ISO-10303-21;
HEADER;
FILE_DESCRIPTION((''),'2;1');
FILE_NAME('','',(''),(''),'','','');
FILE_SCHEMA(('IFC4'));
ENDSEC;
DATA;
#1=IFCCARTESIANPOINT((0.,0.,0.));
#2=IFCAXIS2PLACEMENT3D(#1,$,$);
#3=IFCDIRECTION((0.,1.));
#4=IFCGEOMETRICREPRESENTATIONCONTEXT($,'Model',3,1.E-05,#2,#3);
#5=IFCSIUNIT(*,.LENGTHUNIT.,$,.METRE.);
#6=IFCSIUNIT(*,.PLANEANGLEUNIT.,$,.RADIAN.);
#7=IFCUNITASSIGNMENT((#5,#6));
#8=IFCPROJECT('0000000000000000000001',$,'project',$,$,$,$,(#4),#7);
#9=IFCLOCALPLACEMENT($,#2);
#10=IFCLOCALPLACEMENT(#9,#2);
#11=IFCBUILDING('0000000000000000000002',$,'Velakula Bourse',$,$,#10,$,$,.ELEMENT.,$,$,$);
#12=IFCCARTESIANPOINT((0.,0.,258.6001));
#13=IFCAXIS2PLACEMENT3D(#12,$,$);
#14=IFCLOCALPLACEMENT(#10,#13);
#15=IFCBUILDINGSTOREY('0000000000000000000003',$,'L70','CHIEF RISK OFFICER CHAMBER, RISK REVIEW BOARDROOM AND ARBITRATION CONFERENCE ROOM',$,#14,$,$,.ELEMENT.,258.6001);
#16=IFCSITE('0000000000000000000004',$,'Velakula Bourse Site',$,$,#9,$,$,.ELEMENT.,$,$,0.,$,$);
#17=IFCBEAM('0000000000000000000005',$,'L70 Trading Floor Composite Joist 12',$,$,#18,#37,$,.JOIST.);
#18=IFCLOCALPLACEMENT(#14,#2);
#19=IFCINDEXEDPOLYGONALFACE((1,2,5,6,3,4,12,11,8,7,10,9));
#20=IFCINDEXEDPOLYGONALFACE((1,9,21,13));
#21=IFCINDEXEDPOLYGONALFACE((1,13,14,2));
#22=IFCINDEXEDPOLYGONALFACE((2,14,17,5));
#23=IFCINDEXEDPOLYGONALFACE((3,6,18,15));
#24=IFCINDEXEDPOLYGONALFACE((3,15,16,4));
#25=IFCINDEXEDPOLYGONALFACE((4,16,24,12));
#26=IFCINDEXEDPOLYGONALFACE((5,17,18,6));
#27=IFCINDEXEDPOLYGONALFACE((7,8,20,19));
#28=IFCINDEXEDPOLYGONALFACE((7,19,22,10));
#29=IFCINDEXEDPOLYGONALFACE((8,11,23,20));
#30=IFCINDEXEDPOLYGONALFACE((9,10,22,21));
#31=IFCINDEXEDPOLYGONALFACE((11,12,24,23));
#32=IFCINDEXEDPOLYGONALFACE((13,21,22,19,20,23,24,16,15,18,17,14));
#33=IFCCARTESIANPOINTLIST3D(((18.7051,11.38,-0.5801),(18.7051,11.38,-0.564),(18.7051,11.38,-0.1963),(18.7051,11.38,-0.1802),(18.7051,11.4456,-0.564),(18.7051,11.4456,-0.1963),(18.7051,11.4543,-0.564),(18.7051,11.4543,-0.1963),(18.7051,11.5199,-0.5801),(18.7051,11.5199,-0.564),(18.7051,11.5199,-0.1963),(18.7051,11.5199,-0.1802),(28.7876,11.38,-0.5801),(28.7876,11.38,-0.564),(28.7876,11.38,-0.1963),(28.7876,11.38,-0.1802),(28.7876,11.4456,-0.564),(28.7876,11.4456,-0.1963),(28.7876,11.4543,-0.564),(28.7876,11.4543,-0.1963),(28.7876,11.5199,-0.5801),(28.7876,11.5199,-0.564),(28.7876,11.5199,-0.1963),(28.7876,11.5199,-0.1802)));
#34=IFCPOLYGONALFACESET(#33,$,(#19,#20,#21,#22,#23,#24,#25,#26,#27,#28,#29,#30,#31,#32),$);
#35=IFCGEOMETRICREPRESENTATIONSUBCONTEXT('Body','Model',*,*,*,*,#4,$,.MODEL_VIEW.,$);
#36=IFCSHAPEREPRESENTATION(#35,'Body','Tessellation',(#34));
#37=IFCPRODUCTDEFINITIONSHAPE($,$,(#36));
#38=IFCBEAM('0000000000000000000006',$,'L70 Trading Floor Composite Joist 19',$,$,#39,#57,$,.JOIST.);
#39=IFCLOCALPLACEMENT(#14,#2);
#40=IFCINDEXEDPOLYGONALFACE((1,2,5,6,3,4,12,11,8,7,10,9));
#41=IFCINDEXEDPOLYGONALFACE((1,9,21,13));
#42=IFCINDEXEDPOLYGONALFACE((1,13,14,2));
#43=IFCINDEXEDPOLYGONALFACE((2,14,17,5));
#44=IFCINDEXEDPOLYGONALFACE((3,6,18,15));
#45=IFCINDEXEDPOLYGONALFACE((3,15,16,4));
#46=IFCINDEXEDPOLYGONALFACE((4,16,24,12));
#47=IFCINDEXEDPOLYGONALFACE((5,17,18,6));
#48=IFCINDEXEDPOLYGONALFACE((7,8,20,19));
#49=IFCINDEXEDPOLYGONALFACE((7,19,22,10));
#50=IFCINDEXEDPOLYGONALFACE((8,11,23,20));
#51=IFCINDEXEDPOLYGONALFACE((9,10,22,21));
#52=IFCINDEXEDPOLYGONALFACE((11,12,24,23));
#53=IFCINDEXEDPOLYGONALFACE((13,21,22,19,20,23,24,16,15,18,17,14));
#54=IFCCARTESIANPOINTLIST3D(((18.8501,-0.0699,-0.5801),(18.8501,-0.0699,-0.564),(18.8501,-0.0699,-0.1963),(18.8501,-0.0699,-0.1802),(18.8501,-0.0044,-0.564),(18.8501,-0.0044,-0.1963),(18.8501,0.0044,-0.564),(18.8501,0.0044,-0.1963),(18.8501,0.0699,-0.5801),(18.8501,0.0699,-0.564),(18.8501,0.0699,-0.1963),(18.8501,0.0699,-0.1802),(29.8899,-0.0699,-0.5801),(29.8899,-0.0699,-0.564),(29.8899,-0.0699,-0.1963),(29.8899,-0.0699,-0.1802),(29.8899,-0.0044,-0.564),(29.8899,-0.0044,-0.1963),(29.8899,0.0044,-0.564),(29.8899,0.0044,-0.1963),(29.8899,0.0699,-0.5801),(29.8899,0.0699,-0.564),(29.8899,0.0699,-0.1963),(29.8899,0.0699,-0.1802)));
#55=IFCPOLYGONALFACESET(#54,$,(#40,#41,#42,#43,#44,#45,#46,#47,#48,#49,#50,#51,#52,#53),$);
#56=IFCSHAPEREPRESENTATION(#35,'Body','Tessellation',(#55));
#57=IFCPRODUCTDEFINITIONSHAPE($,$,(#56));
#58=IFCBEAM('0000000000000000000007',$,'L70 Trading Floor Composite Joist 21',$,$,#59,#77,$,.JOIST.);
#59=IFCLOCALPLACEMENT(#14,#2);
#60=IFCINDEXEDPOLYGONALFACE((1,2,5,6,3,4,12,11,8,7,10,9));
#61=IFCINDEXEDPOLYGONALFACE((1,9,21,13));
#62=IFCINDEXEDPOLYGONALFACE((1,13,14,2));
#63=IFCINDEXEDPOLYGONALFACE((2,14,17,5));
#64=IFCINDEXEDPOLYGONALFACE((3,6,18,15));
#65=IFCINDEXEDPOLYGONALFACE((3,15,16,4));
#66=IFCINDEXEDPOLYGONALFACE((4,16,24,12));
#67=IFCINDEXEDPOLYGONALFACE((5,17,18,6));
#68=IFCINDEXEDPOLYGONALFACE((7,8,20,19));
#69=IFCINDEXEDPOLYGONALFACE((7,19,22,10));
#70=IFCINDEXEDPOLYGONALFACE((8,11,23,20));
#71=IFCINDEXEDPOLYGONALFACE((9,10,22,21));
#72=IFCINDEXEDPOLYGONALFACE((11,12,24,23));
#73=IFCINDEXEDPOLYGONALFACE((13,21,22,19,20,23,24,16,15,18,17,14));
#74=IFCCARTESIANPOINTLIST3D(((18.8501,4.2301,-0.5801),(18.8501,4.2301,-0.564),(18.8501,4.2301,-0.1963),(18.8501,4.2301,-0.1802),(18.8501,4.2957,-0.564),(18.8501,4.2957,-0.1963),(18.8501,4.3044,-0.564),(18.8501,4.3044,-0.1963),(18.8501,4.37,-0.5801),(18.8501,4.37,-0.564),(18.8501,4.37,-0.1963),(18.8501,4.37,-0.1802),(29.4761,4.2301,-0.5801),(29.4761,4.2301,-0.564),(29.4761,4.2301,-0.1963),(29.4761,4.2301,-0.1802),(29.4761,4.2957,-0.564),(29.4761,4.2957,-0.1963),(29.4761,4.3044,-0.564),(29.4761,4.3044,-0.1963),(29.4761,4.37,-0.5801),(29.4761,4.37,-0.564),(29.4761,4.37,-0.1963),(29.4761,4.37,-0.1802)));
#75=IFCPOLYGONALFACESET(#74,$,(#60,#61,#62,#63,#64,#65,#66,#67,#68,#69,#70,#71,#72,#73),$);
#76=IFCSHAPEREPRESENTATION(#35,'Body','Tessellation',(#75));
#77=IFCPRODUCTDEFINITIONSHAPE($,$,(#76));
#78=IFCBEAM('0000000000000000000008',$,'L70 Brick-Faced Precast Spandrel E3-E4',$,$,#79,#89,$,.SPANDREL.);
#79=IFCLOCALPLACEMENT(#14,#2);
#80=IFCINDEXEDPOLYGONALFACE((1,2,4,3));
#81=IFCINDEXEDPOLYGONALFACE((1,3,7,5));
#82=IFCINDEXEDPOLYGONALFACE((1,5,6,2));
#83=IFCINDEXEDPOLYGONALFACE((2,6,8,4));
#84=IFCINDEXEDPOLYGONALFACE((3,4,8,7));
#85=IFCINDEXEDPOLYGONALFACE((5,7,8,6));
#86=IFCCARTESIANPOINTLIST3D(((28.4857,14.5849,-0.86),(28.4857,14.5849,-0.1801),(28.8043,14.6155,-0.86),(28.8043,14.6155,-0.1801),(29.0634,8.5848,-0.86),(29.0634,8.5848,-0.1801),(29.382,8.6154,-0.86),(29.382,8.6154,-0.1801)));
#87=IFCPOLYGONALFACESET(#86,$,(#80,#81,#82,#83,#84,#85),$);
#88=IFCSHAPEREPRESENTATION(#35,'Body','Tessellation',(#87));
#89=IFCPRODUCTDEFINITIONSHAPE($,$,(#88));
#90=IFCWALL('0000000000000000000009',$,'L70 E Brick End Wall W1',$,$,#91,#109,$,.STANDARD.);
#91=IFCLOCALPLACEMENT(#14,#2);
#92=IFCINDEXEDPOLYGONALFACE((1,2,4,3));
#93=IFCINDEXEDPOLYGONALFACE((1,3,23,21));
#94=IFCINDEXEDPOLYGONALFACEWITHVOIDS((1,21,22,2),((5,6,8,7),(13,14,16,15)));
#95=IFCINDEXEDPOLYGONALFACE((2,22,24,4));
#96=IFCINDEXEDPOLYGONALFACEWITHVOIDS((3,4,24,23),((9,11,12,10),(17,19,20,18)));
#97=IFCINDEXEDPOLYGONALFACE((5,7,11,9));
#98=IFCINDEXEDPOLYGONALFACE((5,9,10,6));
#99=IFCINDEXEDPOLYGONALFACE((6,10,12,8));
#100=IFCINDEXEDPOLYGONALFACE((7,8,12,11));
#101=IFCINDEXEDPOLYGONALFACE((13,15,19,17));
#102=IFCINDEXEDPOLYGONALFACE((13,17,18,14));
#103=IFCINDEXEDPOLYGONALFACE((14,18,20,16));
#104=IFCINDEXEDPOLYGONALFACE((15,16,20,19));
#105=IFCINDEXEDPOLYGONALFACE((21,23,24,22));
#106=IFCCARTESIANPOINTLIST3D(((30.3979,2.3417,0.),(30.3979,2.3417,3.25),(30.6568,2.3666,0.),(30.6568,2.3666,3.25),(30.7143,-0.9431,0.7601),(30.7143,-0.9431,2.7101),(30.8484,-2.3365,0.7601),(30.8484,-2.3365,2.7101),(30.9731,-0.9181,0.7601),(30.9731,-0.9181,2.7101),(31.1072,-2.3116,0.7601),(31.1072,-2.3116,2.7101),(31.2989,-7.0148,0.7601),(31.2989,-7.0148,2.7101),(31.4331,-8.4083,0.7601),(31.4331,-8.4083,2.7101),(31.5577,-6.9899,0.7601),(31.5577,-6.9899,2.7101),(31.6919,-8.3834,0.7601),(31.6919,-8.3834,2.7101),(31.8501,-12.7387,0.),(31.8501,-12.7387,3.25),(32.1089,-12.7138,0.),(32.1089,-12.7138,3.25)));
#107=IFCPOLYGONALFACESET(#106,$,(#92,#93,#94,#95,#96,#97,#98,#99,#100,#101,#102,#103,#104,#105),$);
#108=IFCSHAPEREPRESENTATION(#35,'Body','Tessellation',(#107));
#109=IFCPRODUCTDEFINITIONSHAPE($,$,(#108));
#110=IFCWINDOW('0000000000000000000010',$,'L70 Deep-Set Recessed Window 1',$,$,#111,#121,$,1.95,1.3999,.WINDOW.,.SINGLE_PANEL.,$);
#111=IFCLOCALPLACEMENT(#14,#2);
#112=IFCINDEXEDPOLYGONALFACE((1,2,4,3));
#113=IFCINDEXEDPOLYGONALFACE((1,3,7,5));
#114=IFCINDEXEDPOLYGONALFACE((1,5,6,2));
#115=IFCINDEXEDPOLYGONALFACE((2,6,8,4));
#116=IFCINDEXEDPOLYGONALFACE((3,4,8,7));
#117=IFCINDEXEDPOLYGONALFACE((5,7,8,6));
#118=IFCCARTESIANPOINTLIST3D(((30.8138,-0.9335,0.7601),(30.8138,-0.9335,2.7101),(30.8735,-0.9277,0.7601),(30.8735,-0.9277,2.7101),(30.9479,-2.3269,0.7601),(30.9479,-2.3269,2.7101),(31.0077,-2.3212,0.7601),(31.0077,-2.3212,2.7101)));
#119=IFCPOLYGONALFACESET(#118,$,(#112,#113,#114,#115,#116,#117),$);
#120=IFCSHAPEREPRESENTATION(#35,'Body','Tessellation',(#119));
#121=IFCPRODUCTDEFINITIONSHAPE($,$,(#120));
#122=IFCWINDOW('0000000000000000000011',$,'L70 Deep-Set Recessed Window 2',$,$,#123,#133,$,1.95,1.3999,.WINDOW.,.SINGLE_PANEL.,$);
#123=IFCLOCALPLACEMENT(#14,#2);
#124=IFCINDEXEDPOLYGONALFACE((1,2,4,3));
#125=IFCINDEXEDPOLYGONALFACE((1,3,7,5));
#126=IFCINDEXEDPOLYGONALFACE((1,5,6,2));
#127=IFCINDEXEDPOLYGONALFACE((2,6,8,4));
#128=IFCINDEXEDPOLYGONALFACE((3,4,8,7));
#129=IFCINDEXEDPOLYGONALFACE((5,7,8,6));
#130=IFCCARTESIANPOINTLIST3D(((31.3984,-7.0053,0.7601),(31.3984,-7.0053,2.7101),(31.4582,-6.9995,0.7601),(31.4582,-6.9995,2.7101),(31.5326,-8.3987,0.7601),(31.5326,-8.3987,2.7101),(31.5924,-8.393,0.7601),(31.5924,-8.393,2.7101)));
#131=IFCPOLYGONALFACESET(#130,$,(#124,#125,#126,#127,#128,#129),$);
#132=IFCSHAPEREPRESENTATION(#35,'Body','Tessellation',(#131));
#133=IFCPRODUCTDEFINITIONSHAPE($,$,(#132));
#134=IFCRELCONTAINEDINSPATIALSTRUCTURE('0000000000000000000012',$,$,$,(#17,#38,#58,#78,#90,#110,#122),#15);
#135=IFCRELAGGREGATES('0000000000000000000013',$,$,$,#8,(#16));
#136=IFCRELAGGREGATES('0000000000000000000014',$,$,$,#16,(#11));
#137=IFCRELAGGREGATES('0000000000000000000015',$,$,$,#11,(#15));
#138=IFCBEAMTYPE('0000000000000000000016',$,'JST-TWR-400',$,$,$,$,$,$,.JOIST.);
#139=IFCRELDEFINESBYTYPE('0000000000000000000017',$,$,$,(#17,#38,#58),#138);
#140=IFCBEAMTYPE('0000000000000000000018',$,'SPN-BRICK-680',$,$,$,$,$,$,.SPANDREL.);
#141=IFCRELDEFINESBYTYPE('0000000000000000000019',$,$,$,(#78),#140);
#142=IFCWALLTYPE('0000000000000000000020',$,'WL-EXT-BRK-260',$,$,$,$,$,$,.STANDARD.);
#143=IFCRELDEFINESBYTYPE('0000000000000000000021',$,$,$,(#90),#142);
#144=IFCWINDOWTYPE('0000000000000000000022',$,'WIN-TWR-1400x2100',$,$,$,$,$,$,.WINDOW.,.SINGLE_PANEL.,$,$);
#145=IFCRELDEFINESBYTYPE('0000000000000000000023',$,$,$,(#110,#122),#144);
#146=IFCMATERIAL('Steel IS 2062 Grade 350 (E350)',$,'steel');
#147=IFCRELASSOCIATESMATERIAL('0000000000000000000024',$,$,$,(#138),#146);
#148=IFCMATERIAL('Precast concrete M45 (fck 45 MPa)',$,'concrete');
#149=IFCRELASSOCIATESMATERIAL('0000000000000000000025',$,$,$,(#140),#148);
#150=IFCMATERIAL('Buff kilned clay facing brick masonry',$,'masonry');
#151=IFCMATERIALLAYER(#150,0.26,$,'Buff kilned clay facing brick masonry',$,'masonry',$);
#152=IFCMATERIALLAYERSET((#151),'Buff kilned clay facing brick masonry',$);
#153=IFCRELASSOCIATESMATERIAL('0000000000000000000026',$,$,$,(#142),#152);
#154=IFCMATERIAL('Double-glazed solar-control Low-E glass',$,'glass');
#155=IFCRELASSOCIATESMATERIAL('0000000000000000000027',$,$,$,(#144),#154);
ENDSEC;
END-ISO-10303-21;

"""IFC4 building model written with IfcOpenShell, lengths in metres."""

from ifc_helpers import new_model, si_unit, direction, frame, frame_2d, origin, origin_2d, place, context, subcontext, project, spatial, rectangle, i_section, extrude, material, layer, layer_set, material_profile, profile_set, type_object, element, fill, save


model = new_model("IFC4")

# Units and contexts
model_context = context("Model", 3, precision=1e-05, world=origin(), true_north=direction((0.0, 1.0)))
body_context = subcontext(model_context, "Body", "Model", "MODEL_VIEW")
ifc_project = project(units=[si_unit("LENGTHUNIT", "METRE"), si_unit("PLANEANGLEUNIT", "RADIAN")], contexts=[model_context])

# Site, building, storey
site_placement = place(None, origin())
site = spatial("IfcSite", under=ifc_project, at=site_placement, Name="Velakula Bourse Site", CompositionType="ELEMENT", RefElevation=0.0)
building_placement = place(site_placement, origin())
building = spatial("IfcBuilding", under=site, at=building_placement, Name="Velakula Bourse", CompositionType="ELEMENT")
storey_placement = place(building_placement, frame((0.0, 0.0, 258.6001)))
storey = spatial("IfcBuildingStorey", under=building, at=storey_placement, Name="L70", Description="CHIEF RISK OFFICER CHAMBER, RISK REVIEW BOARDROOM AND ARBITRATION CONFERENCE ROOM", CompositionType="ELEMENT", Elevation=258.6001)

# Shared definitions
ifc_material_1 = material(Name="Steel IS 2062 Grade 350 (E350)", Category="steel")

# Beams
ifc_material_profile_1 = material_profile(ifc_material_1, i_section(OverallWidth=0.1399, OverallDepth=0.3999, WebThickness=0.0088, FlangeThickness=0.0161, at=origin_2d()), Name="Steel IS 2062 Grade 350 (E350)")
ifc_profile_set_1 = profile_set([ifc_material_profile_1], Name="Steel IS 2062 Grade 350 (E350)")
beam_type_1 = type_object("IfcBeamType", Name="JST-TWR-400", PredefinedType="JOIST", material=ifc_profile_set_1)
beam_1_placement = place(storey_placement, frame((18.7051, 11.45, -0.3801), z_axis=(1.0, 0.0, 0.0), x_axis=(0.0, 1.0, 0.0)))
element("IfcBeam", 1, at=beam_1_placement, inside=storey, type_object=beam_type_1, Name="L70 Trading Floor Composite Joist 12", PredefinedType="JOIST", context=body_context, shape_type="SweptSolid", body=[
    extrude(i_section(OverallWidth=0.1399, OverallDepth=0.3999, WebThickness=0.0088, FlangeThickness=0.0161, at=origin_2d()), origin(), (0.0, 0.0, 1.0), 10.0825),
])
beam_2_placement = place(storey_placement, frame((18.8501, 0.0, -0.3801), z_axis=(1.0, 0.0, 0.0), x_axis=(0.0, 1.0, 0.0)))
element("IfcBeam", 2, at=beam_2_placement, inside=storey, type_object=beam_type_1, Name="L70 Trading Floor Composite Joist 19", PredefinedType="JOIST", context=body_context, shape_type="SweptSolid", body=[
    extrude(i_section(OverallWidth=0.1399, OverallDepth=0.3999, WebThickness=0.0088, FlangeThickness=0.0161, at=origin_2d()), origin(), (0.0, 0.0, 1.0), 11.0398),
])
beam_3_placement = place(storey_placement, frame((18.8501, 4.3, -0.3801), z_axis=(1.0, 0.0, 0.0), x_axis=(0.0, 1.0, 0.0)))
element("IfcBeam", 3, at=beam_3_placement, inside=storey, type_object=beam_type_1, Name="L70 Trading Floor Composite Joist 21", PredefinedType="JOIST", context=body_context, shape_type="SweptSolid", body=[
    extrude(i_section(OverallWidth=0.1399, OverallDepth=0.3999, WebThickness=0.0088, FlangeThickness=0.0161, at=origin_2d()), origin(), (0.0, 0.0, 1.0), 10.626),
])
ifc_material_2 = material(Name="Precast concrete M45 (fck 45 MPa)", Category="concrete")
ifc_material_profile_2 = material_profile(ifc_material_2, rectangle(XDim=0.3201, YDim=0.6799, at=origin_2d()), Name="Precast concrete M45 (fck 45 MPa)")
ifc_profile_set_2 = profile_set([ifc_material_profile_2], Name="Precast concrete M45 (fck 45 MPa)")
beam_type_2 = type_object("IfcBeamType", Name="SPN-BRICK-680", PredefinedType="SPANDREL", material=ifc_profile_set_2)
beam_4_placement = place(storey_placement, frame((29.2227, 8.6001, -0.52), z_axis=(-0.09583, 0.995398, 0.0), x_axis=(-0.995398, -0.09583, 0.0)))
element("IfcBeam", 4, at=beam_4_placement, inside=storey, type_object=beam_type_2, Name="L70 Brick-Faced Precast Spandrel E3-E4", PredefinedType="SPANDREL", context=body_context, shape_type="SweptSolid", body=[
    extrude(rectangle(XDim=0.3201, YDim=0.6799, at=origin_2d()), origin(), (0.0, 0.0, 1.0), 6.0278),
])

# Wall, openings, windows
ifc_material_3 = material(Name="Buff kilned clay facing brick masonry", Category="masonry")
ifc_layer_1 = layer(ifc_material_3, 0.26, Name="Buff kilned clay facing brick masonry", Category="masonry")
ifc_layer_set_1 = layer_set([ifc_layer_1], Name="Buff kilned clay facing brick masonry")
wall_type_1 = type_object("IfcWallType", Name="WL-EXT-BRK-260", PredefinedType="STANDARD", material=ifc_layer_set_1)
wall_1_placement = place(storey_placement, frame((30.5273, 2.3542, 0.0), z_axis=(0.0, 0.0, 1.0), x_axis=(0.095851, -0.995396, 0.0)))
wall_1 = element("IfcWall", 5, at=wall_1_placement, inside=storey, type_object=wall_type_1, Name="L70 E Brick End Wall W1", PredefinedType="STANDARD", context=body_context, shape_type="SweptSolid", body=[
    extrude(rectangle(XDim=15.1501, YDim=0.26, at=frame_2d((7.5752, 0.0))), origin(), (0.0, 0.0, 1.0), 3.25),
])
opening_1_placement = place(wall_1_placement, frame((3.3, 0.0, 0.76)))
opening_1 = element("IfcOpeningElement", 6, at=opening_1_placement, cuts=wall_1, PredefinedType="OPENING", context=body_context, shape_type="SweptSolid", body=[
    extrude(rectangle(XDim=1.3999, YDim=1.95, at=frame_2d((0.7, 0.9751))), frame((0.0, 0.1399, 0.0), z_axis=(0.0, -1.0, 0.0), x_axis=(1.0, 0.0, 0.0)), (0.0, 0.0, 1.0), 0.28),
])
opening_2_placement = place(wall_1_placement, frame((9.3999, 0.0, 0.76)))
opening_2 = element("IfcOpeningElement", 7, at=opening_2_placement, cuts=wall_1, PredefinedType="OPENING", context=body_context, shape_type="SweptSolid", body=[
    extrude(rectangle(XDim=1.3999, YDim=1.95, at=frame_2d((0.7, 0.9751))), frame((0.0, 0.1399, 0.0), z_axis=(0.0, -1.0, 0.0), x_axis=(1.0, 0.0, 0.0)), (0.0, 0.0, 1.0), 0.28),
])
ifc_material_4 = material(Name="Double-glazed solar-control Low-E glass", Category="glass")
window_type = type_object("IfcWindowType", Name="WIN-TWR-1400x2100", PartitioningType="SINGLE_PANEL", PredefinedType="WINDOW", material=ifc_material_4)
window_1_placement = place(opening_1_placement, origin())
window_1 = element("IfcWindow", 8, at=window_1_placement, inside=storey, type_object=window_type, Name="L70 Deep-Set Recessed Window 1", OverallHeight=1.95, OverallWidth=1.3999, PartitioningType="SINGLE_PANEL", PredefinedType="WINDOW", context=body_context, shape_type="SweptSolid", body=[
    extrude(rectangle(XDim=1.3999, YDim=1.95, at=frame_2d((0.7, 0.9751))), frame((0.0, 0.03, 0.0), z_axis=(0.0, -1.0, 0.0), x_axis=(1.0, 0.0, 0.0)), (0.0, 0.0, 1.0), 0.0601),
])
fill(opening_1, window_1)
window_2_placement = place(opening_2_placement, origin())
window_2 = element("IfcWindow", 9, at=window_2_placement, inside=storey, type_object=window_type, Name="L70 Deep-Set Recessed Window 2", OverallHeight=1.95, OverallWidth=1.3999, PartitioningType="SINGLE_PANEL", PredefinedType="WINDOW", context=body_context, shape_type="SweptSolid", body=[
    extrude(rectangle(XDim=1.3999, YDim=1.95, at=frame_2d((0.7, 0.9751))), frame((0.0, 0.03, 0.0), z_axis=(0.0, -1.0, 0.0), x_axis=(1.0, 0.0, 0.0)), (0.0, 0.0, 1.0), 0.0601),
])
fill(opening_2, window_2)

save(model, "model.ifc")
